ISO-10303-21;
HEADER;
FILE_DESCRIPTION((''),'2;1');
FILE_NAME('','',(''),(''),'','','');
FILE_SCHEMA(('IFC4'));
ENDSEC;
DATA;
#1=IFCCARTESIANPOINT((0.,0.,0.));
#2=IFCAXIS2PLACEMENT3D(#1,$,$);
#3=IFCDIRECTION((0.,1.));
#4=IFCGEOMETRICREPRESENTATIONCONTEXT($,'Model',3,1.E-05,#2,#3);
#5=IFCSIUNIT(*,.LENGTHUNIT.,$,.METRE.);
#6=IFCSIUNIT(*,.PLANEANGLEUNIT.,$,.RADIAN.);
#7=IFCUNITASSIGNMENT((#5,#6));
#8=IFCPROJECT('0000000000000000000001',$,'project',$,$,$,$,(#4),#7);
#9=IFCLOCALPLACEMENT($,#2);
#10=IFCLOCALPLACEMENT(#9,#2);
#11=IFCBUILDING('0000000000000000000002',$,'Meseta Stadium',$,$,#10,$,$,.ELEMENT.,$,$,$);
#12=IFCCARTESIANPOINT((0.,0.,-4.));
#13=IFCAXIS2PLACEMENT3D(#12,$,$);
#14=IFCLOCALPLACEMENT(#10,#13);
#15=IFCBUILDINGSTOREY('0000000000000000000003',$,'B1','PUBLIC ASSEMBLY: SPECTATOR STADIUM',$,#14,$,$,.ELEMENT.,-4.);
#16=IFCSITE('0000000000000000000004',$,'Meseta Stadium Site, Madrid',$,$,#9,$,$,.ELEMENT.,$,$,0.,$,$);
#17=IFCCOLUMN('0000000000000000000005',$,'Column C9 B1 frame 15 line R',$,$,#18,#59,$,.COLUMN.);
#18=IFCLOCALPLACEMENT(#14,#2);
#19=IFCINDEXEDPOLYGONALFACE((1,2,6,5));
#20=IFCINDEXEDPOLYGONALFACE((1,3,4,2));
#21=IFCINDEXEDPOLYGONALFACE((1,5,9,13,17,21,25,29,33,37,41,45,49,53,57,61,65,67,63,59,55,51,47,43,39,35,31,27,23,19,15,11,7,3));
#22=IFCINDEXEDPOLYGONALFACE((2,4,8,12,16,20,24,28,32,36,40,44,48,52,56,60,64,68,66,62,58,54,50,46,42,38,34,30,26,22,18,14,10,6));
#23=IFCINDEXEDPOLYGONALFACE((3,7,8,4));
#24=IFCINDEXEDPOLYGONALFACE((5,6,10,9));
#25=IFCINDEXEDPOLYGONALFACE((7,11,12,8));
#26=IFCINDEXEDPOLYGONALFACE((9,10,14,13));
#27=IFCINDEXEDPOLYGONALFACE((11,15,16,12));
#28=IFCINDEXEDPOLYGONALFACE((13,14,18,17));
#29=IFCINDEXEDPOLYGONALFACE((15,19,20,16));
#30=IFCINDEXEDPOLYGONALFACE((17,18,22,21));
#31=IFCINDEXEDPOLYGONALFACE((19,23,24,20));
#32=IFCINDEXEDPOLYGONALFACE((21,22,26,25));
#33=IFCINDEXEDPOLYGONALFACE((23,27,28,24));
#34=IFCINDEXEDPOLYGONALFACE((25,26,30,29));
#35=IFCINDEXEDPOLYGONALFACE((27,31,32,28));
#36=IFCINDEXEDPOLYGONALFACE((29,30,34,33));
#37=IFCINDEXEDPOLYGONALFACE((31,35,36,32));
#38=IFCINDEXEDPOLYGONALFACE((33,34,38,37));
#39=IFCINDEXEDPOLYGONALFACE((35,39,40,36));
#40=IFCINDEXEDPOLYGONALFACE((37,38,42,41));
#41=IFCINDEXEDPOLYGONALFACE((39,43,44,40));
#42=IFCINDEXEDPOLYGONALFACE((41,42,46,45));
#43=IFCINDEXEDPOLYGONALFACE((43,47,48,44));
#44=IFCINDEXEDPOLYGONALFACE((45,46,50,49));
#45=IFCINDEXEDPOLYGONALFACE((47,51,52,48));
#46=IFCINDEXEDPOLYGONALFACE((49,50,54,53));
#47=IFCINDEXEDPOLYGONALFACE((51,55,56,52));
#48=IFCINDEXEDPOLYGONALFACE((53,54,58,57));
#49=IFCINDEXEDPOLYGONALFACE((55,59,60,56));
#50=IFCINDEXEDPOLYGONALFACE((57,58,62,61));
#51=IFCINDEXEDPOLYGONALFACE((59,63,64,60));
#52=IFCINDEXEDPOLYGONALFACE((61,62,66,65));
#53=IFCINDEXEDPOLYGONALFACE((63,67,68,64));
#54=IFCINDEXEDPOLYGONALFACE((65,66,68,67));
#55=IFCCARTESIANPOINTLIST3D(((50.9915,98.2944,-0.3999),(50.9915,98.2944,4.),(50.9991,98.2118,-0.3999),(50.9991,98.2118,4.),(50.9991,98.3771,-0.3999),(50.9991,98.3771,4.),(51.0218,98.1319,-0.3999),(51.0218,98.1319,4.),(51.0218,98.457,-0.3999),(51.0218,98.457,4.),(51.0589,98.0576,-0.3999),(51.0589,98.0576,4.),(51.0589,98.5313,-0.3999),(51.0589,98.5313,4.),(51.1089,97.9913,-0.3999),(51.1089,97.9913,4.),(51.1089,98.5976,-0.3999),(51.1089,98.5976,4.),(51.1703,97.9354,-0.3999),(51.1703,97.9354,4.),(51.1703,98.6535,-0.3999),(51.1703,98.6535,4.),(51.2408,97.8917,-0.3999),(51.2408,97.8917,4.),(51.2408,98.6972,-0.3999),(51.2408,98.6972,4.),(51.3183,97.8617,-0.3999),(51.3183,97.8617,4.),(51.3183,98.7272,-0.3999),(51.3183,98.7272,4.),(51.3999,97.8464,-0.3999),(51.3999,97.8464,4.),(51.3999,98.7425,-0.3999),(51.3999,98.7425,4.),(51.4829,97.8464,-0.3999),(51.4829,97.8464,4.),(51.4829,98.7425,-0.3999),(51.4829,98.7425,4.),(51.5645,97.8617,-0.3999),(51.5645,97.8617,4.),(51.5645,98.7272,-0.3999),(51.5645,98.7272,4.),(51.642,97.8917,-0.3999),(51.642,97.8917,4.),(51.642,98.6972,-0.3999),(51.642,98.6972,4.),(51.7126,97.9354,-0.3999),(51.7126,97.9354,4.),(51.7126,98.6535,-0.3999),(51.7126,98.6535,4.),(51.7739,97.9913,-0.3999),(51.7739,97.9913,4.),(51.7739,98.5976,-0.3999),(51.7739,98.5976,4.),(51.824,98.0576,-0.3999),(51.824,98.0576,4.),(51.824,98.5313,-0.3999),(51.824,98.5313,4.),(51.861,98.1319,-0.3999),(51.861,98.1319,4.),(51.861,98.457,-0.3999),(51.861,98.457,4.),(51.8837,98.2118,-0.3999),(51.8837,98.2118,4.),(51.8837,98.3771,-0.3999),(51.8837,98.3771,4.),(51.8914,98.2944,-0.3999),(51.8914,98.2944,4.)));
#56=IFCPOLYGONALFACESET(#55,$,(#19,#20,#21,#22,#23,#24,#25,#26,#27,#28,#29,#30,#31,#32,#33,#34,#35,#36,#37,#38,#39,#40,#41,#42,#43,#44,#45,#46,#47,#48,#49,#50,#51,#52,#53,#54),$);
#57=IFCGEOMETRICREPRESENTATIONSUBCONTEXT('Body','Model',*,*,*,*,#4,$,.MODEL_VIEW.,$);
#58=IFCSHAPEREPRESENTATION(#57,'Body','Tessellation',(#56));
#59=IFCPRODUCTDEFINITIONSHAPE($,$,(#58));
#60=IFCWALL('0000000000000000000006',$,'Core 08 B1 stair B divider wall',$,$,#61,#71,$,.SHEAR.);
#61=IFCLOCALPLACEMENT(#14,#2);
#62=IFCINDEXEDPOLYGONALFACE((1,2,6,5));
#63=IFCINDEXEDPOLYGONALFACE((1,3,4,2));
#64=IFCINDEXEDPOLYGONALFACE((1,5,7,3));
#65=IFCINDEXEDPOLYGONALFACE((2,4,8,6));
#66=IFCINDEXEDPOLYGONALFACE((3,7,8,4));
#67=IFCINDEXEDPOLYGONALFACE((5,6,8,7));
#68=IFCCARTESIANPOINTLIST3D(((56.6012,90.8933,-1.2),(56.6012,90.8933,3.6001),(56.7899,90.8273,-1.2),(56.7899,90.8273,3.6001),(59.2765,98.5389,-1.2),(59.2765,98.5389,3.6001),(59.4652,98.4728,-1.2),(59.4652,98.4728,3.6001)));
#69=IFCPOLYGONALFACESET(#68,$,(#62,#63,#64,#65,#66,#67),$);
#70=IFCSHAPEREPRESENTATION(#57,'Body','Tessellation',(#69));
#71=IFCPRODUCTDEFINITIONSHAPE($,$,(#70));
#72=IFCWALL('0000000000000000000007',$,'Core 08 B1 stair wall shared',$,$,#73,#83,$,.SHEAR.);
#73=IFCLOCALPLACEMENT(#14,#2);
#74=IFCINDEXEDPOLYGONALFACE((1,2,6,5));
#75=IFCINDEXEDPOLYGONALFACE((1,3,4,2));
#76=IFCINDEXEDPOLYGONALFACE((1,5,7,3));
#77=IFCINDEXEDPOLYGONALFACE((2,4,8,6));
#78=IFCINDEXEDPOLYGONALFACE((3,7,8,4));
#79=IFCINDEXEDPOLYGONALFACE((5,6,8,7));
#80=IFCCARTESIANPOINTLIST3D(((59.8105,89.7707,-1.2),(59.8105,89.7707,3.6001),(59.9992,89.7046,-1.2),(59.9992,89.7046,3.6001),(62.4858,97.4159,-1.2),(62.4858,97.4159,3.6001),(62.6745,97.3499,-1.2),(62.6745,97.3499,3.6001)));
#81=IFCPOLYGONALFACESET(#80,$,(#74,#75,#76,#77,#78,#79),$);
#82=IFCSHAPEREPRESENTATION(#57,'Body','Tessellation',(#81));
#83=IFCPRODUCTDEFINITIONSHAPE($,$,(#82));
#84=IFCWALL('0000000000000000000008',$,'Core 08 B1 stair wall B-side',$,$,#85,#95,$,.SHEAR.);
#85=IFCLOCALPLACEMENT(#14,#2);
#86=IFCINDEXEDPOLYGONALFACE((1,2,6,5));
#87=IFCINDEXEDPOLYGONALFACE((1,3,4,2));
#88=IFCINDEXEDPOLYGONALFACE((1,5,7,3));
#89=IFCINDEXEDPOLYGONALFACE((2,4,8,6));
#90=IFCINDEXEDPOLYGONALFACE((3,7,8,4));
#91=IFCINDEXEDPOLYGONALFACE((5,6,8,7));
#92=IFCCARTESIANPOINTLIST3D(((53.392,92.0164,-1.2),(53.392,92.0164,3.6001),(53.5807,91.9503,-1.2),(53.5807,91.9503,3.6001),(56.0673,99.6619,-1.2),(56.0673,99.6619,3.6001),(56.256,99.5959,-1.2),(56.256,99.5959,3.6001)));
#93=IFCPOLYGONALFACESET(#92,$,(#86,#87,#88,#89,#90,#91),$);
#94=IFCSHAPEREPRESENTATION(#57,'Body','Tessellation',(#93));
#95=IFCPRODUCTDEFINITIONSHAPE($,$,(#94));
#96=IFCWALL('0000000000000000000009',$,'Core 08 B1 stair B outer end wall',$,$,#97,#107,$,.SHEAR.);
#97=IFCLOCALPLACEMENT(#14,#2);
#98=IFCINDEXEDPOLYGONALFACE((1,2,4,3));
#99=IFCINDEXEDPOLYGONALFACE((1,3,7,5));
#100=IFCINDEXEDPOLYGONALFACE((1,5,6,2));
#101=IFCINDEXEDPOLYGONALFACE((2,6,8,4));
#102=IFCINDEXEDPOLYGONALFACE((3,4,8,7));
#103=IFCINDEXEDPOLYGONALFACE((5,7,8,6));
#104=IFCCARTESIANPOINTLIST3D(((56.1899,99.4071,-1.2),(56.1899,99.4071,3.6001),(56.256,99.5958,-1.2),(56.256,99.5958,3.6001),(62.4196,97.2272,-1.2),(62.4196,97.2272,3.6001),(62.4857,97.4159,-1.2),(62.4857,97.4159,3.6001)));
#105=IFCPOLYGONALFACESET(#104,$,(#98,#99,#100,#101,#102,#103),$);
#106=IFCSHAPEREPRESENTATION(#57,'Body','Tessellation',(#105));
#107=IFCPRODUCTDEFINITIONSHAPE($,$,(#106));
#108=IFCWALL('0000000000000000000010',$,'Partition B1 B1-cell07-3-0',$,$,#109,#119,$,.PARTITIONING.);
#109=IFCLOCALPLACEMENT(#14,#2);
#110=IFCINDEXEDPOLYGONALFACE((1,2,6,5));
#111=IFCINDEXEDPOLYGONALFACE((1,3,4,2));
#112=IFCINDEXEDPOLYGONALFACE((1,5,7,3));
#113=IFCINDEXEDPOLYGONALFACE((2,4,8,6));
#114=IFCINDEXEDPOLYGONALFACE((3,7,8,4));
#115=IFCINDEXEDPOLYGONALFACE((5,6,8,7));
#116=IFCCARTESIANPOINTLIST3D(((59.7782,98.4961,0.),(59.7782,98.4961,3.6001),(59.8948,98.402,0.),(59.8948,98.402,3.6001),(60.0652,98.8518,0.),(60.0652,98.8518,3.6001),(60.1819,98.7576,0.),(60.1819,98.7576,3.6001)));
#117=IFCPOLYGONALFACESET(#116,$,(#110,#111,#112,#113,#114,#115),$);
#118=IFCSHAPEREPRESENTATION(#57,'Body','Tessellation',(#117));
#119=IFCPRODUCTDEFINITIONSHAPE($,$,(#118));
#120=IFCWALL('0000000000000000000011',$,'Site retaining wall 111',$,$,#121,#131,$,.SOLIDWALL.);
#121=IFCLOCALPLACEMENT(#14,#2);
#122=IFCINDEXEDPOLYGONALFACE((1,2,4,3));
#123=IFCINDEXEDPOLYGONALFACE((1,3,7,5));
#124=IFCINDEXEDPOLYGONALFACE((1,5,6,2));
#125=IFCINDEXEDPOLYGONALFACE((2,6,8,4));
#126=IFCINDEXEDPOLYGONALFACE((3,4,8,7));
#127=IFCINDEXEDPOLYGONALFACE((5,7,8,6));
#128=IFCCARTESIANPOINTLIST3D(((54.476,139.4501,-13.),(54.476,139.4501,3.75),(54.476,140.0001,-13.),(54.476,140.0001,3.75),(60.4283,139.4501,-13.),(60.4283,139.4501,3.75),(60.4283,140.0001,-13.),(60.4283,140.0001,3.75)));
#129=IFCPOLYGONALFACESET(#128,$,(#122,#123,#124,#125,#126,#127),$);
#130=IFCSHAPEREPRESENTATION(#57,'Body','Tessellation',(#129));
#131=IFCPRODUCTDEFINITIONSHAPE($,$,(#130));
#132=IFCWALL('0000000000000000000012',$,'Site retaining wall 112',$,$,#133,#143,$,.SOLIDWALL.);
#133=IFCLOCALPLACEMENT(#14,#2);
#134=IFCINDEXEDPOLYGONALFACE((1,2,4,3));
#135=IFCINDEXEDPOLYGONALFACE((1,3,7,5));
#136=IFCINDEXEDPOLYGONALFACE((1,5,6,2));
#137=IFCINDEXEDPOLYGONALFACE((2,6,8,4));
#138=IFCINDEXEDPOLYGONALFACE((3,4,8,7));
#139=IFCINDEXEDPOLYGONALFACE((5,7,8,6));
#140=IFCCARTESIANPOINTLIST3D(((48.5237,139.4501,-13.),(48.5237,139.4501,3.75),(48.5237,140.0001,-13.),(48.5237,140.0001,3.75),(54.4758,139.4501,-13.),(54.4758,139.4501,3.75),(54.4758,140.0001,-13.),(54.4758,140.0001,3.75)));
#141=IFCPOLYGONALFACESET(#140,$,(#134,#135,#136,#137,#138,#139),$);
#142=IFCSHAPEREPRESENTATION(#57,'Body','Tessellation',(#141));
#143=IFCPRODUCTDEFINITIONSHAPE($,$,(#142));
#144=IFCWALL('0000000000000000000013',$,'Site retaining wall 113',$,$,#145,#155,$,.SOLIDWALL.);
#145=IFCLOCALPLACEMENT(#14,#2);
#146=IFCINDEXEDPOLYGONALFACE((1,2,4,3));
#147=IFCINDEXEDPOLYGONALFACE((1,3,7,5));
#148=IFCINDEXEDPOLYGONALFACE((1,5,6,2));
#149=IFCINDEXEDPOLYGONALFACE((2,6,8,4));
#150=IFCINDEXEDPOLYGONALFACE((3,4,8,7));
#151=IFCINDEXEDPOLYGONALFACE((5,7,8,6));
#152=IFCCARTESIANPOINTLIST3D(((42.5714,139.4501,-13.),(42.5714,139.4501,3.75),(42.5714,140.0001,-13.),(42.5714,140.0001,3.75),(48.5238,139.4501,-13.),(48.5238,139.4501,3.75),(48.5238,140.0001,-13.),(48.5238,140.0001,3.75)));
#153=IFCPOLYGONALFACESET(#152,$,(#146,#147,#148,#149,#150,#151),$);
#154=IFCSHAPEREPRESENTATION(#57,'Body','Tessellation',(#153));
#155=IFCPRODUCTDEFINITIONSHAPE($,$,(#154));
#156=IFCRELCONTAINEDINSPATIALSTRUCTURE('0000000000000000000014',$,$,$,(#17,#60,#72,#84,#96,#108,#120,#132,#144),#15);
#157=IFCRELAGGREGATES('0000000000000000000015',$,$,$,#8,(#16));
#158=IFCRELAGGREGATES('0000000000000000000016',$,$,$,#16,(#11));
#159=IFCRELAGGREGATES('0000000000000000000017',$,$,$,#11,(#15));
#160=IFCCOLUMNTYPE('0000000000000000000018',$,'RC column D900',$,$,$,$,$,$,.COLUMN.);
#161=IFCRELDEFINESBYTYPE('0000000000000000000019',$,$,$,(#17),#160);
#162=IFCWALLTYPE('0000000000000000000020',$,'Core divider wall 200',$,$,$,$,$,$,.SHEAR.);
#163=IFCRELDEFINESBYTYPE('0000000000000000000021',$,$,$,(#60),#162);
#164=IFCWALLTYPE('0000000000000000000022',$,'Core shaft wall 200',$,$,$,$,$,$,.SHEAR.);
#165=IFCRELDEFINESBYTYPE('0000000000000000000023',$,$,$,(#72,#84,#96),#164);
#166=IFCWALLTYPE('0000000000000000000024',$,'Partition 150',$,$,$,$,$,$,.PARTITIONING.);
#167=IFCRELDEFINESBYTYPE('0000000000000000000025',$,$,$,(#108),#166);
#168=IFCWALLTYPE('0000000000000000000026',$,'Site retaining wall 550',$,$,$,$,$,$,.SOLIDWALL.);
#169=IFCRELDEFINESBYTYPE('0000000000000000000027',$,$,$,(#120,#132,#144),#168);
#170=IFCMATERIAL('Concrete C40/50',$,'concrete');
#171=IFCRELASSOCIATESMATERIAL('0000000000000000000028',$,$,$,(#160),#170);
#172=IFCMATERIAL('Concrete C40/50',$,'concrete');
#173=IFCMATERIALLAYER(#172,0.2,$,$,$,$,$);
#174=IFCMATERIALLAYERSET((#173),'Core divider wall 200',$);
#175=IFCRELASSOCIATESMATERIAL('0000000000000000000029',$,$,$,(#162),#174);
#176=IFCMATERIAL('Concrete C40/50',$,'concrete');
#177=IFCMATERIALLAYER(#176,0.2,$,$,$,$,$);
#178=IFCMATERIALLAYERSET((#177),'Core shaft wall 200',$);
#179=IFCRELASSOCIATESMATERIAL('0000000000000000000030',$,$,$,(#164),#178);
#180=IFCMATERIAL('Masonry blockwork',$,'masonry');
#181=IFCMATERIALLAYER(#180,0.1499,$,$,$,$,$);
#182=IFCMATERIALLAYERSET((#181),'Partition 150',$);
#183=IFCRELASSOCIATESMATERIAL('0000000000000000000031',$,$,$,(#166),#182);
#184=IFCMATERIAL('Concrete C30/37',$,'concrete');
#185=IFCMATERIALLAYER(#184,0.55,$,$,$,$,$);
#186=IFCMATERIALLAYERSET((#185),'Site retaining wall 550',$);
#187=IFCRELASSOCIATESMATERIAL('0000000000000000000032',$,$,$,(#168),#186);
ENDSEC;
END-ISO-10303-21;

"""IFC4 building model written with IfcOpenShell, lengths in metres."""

from ifc_helpers import new_model, si_unit, direction, frame, frame_2d, origin, origin_2d, place, context, subcontext, project, spatial, rectangle, circle, extrude, material, layer, layer_set, material_profile, profile_set, type_object, element, save


model = new_model("IFC4")

# Units and contexts
model_context = context("Model", 3, precision=1e-05, world=origin(), true_north=direction((0.0, 1.0)))
body_context = subcontext(model_context, "Body", "Model", "MODEL_VIEW")
ifc_project = project(units=[si_unit("LENGTHUNIT", "METRE"), si_unit("PLANEANGLEUNIT", "RADIAN")], contexts=[model_context])

# Site, building, storey
site_placement = place(None, origin())
site = spatial("IfcSite", under=ifc_project, at=site_placement, Name="Meseta Stadium Site, Madrid", CompositionType="ELEMENT", RefElevation=0.0)
building_placement = place(site_placement, origin())
building = spatial("IfcBuilding", under=site, at=building_placement, Name="Meseta Stadium", CompositionType="ELEMENT")
storey_placement = place(building_placement, frame((0.0, 0.0, -4.0)))
storey = spatial("IfcBuildingStorey", under=building, at=storey_placement, Name="B1", Description="PUBLIC ASSEMBLY: SPECTATOR STADIUM", CompositionType="ELEMENT", Elevation=-4.0)

# Column
ifc_material_1 = material(Name="Concrete C40/50", Category="concrete")
ifc_material_profile = material_profile(ifc_material_1, circle(Radius=0.45, at=origin_2d()), Name="RC D900")
ifc_profile_set = profile_set([ifc_material_profile], Name="Concrete C40/50")
column_type = type_object("IfcColumnType", Name="RC column D900", PredefinedType="COLUMN", material=ifc_profile_set)
column_placement = place(storey_placement, frame((51.4414, 98.2944, -0.3999), z_axis=(0.0, 0.0, 1.0), x_axis=(1.0, 0.0, 0.0)))
element("IfcColumn", 1, at=column_placement, inside=storey, type_object=column_type, Name="Column C9 B1 frame 15 line R", PredefinedType="COLUMN", context=body_context, shape_type="SweptSolid", body=[
    extrude(circle(Radius=0.45, at=origin_2d()), origin(), (0.0, 0.0, 1.0), 4.3999),
])

# Walls
ifc_material_2 = material(Name="Concrete C40/50", Category="concrete")
ifc_layer_1 = layer(ifc_material_2, 0.2)
ifc_layer_set_1 = layer_set([ifc_layer_1], Name="Core divider wall 200")
wall_type_1 = type_object("IfcWallType", Name="Core divider wall 200", PredefinedType="SHEAR", material=ifc_layer_set_1)
wall_1_placement = place(storey_placement, frame((59.3708, 98.5059, -1.2), z_axis=(0.0, 0.0, 1.0), x_axis=(-0.330281, -0.943883, 0.0)))
element("IfcWall", 2, at=wall_1_placement, inside=storey, type_object=wall_type_1, Name="Core 08 B1 stair B divider wall", PredefinedType="SHEAR", context=body_context, shape_type="SweptSolid", body=[
    extrude(rectangle(XDim=8.1001, YDim=0.2, at=frame_2d((4.05, 0.0))), origin(), (0.0, 0.0, 1.0), 4.8),
])
ifc_material_3 = material(Name="Concrete C40/50", Category="concrete")
ifc_layer_2 = layer(ifc_material_3, 0.2)
ifc_layer_set_2 = layer_set([ifc_layer_2], Name="Core shaft wall 200")
wall_type_2 = type_object("IfcWallType", Name="Core shaft wall 200", PredefinedType="SHEAR", material=ifc_layer_set_2)
wall_2_placement = place(storey_placement, frame((62.5801, 97.3828, -1.2), z_axis=(0.0, 0.0, 1.0), x_axis=(-0.33029, -0.94388, 0.0)))
element("IfcWall", 3, at=wall_2_placement, inside=storey, type_object=wall_type_2, Name="Core 08 B1 stair wall shared", PredefinedType="SHEAR", context=body_context, shape_type="SweptSolid", body=[
    extrude(rectangle(XDim=8.0999, YDim=0.2, at=frame_2d((4.0498, 0.0))), origin(), (0.0, 0.0, 1.0), 4.8),
])
wall_3_placement = place(storey_placement, frame((56.1616, 99.6289, -1.2), z_axis=(0.0, 0.0, 1.0), x_axis=(-0.330281, -0.943883, 0.0)))
element("IfcWall", 4, at=wall_3_placement, inside=storey, type_object=wall_type_2, Name="Core 08 B1 stair wall B-side", PredefinedType="SHEAR", context=body_context, shape_type="SweptSolid", body=[
    extrude(rectangle(XDim=8.1001, YDim=0.2, at=frame_2d((4.05, 0.0))), origin(), (0.0, 0.0, 1.0), 4.8),
])
wall_4_placement = place(storey_placement, frame((62.4526, 97.3215, -1.2), z_axis=(0.0, 0.0, 1.0), x_axis=(-0.943881, 0.330286, 0.0)))
element("IfcWall", 5, at=wall_4_placement, inside=storey, type_object=wall_type_2, Name="Core 08 B1 stair B outer end wall", PredefinedType="SHEAR", context=body_context, shape_type="SweptSolid", body=[
    extrude(rectangle(XDim=6.6001, YDim=0.2, at=frame_2d((3.3, 0.0))), origin(), (0.0, 0.0, 1.0), 4.8),
])
ifc_material_4 = material(Name="Masonry blockwork", Category="masonry")
ifc_layer_3 = layer(ifc_material_4, 0.1499)
ifc_layer_set_3 = layer_set([ifc_layer_3], Name="Partition 150")
wall_type_3 = type_object("IfcWallType", Name="Partition 150", PredefinedType="PARTITIONING", material=ifc_layer_set_3)
wall_5_placement = place(storey_placement, frame((60.1235, 98.8047, 0.0), z_axis=(0.0, 0.0, 1.0), x_axis=(-0.628076, -0.778152, 0.0)))
element("IfcWall", 6, at=wall_5_placement, inside=storey, type_object=wall_type_3, Name="Partition B1 B1-cell07-3-0", PredefinedType="PARTITIONING", context=body_context, shape_type="SweptSolid", body=[
    extrude(rectangle(XDim=0.457, YDim=0.1499, at=frame_2d((0.2285, 0.0))), origin(), (0.0, 0.0, 1.0), 3.6001),
])
ifc_material_5 = material(Name="Concrete C30/37", Category="concrete")
ifc_layer_4 = layer(ifc_material_5, 0.55)
ifc_layer_set_4 = layer_set([ifc_layer_4], Name="Site retaining wall 550")
wall_type_4 = type_object("IfcWallType", Name="Site retaining wall 550", PredefinedType="SOLIDWALL", material=ifc_layer_set_4)
wall_6_placement = place(storey_placement, frame((60.4282, 139.7251, -13.0), z_axis=(0.0, 0.0, 1.0), x_axis=(-1.0, 0.0, 0.0)))
element("IfcWall", 7, at=wall_6_placement, inside=storey, type_object=wall_type_4, Name="Site retaining wall 111", PredefinedType="SOLIDWALL", context=body_context, shape_type="SweptSolid", body=[
    extrude(rectangle(XDim=5.9524, YDim=0.55, at=frame_2d((2.9761, 0.0))), origin(), (0.0, 0.0, 1.0), 16.75),
])
wall_7_placement = place(storey_placement, frame((54.4758, 139.7251, -13.0), z_axis=(0.0, 0.0, 1.0), x_axis=(-1.0, 0.0, 0.0)))
element("IfcWall", 8, at=wall_7_placement, inside=storey, type_object=wall_type_4, Name="Site retaining wall 112", PredefinedType="SOLIDWALL", context=body_context, shape_type="SweptSolid", body=[
    extrude(rectangle(XDim=5.9521, YDim=0.55, at=frame_2d((2.9761, 0.0))), origin(), (0.0, 0.0, 1.0), 16.75),
])
wall_8_placement = place(storey_placement, frame((48.5237, 139.7251, -13.0), z_axis=(0.0, 0.0, 1.0), x_axis=(-1.0, 0.0, 0.0)))
element("IfcWall", 9, at=wall_8_placement, inside=storey, type_object=wall_type_4, Name="Site retaining wall 113", PredefinedType="SOLIDWALL", context=body_context, shape_type="SweptSolid", body=[
    extrude(rectangle(XDim=5.9524, YDim=0.55, at=frame_2d((2.9761, 0.0))), origin(), (0.0, 0.0, 1.0), 16.75),
])

save(model, "model.ifc")
